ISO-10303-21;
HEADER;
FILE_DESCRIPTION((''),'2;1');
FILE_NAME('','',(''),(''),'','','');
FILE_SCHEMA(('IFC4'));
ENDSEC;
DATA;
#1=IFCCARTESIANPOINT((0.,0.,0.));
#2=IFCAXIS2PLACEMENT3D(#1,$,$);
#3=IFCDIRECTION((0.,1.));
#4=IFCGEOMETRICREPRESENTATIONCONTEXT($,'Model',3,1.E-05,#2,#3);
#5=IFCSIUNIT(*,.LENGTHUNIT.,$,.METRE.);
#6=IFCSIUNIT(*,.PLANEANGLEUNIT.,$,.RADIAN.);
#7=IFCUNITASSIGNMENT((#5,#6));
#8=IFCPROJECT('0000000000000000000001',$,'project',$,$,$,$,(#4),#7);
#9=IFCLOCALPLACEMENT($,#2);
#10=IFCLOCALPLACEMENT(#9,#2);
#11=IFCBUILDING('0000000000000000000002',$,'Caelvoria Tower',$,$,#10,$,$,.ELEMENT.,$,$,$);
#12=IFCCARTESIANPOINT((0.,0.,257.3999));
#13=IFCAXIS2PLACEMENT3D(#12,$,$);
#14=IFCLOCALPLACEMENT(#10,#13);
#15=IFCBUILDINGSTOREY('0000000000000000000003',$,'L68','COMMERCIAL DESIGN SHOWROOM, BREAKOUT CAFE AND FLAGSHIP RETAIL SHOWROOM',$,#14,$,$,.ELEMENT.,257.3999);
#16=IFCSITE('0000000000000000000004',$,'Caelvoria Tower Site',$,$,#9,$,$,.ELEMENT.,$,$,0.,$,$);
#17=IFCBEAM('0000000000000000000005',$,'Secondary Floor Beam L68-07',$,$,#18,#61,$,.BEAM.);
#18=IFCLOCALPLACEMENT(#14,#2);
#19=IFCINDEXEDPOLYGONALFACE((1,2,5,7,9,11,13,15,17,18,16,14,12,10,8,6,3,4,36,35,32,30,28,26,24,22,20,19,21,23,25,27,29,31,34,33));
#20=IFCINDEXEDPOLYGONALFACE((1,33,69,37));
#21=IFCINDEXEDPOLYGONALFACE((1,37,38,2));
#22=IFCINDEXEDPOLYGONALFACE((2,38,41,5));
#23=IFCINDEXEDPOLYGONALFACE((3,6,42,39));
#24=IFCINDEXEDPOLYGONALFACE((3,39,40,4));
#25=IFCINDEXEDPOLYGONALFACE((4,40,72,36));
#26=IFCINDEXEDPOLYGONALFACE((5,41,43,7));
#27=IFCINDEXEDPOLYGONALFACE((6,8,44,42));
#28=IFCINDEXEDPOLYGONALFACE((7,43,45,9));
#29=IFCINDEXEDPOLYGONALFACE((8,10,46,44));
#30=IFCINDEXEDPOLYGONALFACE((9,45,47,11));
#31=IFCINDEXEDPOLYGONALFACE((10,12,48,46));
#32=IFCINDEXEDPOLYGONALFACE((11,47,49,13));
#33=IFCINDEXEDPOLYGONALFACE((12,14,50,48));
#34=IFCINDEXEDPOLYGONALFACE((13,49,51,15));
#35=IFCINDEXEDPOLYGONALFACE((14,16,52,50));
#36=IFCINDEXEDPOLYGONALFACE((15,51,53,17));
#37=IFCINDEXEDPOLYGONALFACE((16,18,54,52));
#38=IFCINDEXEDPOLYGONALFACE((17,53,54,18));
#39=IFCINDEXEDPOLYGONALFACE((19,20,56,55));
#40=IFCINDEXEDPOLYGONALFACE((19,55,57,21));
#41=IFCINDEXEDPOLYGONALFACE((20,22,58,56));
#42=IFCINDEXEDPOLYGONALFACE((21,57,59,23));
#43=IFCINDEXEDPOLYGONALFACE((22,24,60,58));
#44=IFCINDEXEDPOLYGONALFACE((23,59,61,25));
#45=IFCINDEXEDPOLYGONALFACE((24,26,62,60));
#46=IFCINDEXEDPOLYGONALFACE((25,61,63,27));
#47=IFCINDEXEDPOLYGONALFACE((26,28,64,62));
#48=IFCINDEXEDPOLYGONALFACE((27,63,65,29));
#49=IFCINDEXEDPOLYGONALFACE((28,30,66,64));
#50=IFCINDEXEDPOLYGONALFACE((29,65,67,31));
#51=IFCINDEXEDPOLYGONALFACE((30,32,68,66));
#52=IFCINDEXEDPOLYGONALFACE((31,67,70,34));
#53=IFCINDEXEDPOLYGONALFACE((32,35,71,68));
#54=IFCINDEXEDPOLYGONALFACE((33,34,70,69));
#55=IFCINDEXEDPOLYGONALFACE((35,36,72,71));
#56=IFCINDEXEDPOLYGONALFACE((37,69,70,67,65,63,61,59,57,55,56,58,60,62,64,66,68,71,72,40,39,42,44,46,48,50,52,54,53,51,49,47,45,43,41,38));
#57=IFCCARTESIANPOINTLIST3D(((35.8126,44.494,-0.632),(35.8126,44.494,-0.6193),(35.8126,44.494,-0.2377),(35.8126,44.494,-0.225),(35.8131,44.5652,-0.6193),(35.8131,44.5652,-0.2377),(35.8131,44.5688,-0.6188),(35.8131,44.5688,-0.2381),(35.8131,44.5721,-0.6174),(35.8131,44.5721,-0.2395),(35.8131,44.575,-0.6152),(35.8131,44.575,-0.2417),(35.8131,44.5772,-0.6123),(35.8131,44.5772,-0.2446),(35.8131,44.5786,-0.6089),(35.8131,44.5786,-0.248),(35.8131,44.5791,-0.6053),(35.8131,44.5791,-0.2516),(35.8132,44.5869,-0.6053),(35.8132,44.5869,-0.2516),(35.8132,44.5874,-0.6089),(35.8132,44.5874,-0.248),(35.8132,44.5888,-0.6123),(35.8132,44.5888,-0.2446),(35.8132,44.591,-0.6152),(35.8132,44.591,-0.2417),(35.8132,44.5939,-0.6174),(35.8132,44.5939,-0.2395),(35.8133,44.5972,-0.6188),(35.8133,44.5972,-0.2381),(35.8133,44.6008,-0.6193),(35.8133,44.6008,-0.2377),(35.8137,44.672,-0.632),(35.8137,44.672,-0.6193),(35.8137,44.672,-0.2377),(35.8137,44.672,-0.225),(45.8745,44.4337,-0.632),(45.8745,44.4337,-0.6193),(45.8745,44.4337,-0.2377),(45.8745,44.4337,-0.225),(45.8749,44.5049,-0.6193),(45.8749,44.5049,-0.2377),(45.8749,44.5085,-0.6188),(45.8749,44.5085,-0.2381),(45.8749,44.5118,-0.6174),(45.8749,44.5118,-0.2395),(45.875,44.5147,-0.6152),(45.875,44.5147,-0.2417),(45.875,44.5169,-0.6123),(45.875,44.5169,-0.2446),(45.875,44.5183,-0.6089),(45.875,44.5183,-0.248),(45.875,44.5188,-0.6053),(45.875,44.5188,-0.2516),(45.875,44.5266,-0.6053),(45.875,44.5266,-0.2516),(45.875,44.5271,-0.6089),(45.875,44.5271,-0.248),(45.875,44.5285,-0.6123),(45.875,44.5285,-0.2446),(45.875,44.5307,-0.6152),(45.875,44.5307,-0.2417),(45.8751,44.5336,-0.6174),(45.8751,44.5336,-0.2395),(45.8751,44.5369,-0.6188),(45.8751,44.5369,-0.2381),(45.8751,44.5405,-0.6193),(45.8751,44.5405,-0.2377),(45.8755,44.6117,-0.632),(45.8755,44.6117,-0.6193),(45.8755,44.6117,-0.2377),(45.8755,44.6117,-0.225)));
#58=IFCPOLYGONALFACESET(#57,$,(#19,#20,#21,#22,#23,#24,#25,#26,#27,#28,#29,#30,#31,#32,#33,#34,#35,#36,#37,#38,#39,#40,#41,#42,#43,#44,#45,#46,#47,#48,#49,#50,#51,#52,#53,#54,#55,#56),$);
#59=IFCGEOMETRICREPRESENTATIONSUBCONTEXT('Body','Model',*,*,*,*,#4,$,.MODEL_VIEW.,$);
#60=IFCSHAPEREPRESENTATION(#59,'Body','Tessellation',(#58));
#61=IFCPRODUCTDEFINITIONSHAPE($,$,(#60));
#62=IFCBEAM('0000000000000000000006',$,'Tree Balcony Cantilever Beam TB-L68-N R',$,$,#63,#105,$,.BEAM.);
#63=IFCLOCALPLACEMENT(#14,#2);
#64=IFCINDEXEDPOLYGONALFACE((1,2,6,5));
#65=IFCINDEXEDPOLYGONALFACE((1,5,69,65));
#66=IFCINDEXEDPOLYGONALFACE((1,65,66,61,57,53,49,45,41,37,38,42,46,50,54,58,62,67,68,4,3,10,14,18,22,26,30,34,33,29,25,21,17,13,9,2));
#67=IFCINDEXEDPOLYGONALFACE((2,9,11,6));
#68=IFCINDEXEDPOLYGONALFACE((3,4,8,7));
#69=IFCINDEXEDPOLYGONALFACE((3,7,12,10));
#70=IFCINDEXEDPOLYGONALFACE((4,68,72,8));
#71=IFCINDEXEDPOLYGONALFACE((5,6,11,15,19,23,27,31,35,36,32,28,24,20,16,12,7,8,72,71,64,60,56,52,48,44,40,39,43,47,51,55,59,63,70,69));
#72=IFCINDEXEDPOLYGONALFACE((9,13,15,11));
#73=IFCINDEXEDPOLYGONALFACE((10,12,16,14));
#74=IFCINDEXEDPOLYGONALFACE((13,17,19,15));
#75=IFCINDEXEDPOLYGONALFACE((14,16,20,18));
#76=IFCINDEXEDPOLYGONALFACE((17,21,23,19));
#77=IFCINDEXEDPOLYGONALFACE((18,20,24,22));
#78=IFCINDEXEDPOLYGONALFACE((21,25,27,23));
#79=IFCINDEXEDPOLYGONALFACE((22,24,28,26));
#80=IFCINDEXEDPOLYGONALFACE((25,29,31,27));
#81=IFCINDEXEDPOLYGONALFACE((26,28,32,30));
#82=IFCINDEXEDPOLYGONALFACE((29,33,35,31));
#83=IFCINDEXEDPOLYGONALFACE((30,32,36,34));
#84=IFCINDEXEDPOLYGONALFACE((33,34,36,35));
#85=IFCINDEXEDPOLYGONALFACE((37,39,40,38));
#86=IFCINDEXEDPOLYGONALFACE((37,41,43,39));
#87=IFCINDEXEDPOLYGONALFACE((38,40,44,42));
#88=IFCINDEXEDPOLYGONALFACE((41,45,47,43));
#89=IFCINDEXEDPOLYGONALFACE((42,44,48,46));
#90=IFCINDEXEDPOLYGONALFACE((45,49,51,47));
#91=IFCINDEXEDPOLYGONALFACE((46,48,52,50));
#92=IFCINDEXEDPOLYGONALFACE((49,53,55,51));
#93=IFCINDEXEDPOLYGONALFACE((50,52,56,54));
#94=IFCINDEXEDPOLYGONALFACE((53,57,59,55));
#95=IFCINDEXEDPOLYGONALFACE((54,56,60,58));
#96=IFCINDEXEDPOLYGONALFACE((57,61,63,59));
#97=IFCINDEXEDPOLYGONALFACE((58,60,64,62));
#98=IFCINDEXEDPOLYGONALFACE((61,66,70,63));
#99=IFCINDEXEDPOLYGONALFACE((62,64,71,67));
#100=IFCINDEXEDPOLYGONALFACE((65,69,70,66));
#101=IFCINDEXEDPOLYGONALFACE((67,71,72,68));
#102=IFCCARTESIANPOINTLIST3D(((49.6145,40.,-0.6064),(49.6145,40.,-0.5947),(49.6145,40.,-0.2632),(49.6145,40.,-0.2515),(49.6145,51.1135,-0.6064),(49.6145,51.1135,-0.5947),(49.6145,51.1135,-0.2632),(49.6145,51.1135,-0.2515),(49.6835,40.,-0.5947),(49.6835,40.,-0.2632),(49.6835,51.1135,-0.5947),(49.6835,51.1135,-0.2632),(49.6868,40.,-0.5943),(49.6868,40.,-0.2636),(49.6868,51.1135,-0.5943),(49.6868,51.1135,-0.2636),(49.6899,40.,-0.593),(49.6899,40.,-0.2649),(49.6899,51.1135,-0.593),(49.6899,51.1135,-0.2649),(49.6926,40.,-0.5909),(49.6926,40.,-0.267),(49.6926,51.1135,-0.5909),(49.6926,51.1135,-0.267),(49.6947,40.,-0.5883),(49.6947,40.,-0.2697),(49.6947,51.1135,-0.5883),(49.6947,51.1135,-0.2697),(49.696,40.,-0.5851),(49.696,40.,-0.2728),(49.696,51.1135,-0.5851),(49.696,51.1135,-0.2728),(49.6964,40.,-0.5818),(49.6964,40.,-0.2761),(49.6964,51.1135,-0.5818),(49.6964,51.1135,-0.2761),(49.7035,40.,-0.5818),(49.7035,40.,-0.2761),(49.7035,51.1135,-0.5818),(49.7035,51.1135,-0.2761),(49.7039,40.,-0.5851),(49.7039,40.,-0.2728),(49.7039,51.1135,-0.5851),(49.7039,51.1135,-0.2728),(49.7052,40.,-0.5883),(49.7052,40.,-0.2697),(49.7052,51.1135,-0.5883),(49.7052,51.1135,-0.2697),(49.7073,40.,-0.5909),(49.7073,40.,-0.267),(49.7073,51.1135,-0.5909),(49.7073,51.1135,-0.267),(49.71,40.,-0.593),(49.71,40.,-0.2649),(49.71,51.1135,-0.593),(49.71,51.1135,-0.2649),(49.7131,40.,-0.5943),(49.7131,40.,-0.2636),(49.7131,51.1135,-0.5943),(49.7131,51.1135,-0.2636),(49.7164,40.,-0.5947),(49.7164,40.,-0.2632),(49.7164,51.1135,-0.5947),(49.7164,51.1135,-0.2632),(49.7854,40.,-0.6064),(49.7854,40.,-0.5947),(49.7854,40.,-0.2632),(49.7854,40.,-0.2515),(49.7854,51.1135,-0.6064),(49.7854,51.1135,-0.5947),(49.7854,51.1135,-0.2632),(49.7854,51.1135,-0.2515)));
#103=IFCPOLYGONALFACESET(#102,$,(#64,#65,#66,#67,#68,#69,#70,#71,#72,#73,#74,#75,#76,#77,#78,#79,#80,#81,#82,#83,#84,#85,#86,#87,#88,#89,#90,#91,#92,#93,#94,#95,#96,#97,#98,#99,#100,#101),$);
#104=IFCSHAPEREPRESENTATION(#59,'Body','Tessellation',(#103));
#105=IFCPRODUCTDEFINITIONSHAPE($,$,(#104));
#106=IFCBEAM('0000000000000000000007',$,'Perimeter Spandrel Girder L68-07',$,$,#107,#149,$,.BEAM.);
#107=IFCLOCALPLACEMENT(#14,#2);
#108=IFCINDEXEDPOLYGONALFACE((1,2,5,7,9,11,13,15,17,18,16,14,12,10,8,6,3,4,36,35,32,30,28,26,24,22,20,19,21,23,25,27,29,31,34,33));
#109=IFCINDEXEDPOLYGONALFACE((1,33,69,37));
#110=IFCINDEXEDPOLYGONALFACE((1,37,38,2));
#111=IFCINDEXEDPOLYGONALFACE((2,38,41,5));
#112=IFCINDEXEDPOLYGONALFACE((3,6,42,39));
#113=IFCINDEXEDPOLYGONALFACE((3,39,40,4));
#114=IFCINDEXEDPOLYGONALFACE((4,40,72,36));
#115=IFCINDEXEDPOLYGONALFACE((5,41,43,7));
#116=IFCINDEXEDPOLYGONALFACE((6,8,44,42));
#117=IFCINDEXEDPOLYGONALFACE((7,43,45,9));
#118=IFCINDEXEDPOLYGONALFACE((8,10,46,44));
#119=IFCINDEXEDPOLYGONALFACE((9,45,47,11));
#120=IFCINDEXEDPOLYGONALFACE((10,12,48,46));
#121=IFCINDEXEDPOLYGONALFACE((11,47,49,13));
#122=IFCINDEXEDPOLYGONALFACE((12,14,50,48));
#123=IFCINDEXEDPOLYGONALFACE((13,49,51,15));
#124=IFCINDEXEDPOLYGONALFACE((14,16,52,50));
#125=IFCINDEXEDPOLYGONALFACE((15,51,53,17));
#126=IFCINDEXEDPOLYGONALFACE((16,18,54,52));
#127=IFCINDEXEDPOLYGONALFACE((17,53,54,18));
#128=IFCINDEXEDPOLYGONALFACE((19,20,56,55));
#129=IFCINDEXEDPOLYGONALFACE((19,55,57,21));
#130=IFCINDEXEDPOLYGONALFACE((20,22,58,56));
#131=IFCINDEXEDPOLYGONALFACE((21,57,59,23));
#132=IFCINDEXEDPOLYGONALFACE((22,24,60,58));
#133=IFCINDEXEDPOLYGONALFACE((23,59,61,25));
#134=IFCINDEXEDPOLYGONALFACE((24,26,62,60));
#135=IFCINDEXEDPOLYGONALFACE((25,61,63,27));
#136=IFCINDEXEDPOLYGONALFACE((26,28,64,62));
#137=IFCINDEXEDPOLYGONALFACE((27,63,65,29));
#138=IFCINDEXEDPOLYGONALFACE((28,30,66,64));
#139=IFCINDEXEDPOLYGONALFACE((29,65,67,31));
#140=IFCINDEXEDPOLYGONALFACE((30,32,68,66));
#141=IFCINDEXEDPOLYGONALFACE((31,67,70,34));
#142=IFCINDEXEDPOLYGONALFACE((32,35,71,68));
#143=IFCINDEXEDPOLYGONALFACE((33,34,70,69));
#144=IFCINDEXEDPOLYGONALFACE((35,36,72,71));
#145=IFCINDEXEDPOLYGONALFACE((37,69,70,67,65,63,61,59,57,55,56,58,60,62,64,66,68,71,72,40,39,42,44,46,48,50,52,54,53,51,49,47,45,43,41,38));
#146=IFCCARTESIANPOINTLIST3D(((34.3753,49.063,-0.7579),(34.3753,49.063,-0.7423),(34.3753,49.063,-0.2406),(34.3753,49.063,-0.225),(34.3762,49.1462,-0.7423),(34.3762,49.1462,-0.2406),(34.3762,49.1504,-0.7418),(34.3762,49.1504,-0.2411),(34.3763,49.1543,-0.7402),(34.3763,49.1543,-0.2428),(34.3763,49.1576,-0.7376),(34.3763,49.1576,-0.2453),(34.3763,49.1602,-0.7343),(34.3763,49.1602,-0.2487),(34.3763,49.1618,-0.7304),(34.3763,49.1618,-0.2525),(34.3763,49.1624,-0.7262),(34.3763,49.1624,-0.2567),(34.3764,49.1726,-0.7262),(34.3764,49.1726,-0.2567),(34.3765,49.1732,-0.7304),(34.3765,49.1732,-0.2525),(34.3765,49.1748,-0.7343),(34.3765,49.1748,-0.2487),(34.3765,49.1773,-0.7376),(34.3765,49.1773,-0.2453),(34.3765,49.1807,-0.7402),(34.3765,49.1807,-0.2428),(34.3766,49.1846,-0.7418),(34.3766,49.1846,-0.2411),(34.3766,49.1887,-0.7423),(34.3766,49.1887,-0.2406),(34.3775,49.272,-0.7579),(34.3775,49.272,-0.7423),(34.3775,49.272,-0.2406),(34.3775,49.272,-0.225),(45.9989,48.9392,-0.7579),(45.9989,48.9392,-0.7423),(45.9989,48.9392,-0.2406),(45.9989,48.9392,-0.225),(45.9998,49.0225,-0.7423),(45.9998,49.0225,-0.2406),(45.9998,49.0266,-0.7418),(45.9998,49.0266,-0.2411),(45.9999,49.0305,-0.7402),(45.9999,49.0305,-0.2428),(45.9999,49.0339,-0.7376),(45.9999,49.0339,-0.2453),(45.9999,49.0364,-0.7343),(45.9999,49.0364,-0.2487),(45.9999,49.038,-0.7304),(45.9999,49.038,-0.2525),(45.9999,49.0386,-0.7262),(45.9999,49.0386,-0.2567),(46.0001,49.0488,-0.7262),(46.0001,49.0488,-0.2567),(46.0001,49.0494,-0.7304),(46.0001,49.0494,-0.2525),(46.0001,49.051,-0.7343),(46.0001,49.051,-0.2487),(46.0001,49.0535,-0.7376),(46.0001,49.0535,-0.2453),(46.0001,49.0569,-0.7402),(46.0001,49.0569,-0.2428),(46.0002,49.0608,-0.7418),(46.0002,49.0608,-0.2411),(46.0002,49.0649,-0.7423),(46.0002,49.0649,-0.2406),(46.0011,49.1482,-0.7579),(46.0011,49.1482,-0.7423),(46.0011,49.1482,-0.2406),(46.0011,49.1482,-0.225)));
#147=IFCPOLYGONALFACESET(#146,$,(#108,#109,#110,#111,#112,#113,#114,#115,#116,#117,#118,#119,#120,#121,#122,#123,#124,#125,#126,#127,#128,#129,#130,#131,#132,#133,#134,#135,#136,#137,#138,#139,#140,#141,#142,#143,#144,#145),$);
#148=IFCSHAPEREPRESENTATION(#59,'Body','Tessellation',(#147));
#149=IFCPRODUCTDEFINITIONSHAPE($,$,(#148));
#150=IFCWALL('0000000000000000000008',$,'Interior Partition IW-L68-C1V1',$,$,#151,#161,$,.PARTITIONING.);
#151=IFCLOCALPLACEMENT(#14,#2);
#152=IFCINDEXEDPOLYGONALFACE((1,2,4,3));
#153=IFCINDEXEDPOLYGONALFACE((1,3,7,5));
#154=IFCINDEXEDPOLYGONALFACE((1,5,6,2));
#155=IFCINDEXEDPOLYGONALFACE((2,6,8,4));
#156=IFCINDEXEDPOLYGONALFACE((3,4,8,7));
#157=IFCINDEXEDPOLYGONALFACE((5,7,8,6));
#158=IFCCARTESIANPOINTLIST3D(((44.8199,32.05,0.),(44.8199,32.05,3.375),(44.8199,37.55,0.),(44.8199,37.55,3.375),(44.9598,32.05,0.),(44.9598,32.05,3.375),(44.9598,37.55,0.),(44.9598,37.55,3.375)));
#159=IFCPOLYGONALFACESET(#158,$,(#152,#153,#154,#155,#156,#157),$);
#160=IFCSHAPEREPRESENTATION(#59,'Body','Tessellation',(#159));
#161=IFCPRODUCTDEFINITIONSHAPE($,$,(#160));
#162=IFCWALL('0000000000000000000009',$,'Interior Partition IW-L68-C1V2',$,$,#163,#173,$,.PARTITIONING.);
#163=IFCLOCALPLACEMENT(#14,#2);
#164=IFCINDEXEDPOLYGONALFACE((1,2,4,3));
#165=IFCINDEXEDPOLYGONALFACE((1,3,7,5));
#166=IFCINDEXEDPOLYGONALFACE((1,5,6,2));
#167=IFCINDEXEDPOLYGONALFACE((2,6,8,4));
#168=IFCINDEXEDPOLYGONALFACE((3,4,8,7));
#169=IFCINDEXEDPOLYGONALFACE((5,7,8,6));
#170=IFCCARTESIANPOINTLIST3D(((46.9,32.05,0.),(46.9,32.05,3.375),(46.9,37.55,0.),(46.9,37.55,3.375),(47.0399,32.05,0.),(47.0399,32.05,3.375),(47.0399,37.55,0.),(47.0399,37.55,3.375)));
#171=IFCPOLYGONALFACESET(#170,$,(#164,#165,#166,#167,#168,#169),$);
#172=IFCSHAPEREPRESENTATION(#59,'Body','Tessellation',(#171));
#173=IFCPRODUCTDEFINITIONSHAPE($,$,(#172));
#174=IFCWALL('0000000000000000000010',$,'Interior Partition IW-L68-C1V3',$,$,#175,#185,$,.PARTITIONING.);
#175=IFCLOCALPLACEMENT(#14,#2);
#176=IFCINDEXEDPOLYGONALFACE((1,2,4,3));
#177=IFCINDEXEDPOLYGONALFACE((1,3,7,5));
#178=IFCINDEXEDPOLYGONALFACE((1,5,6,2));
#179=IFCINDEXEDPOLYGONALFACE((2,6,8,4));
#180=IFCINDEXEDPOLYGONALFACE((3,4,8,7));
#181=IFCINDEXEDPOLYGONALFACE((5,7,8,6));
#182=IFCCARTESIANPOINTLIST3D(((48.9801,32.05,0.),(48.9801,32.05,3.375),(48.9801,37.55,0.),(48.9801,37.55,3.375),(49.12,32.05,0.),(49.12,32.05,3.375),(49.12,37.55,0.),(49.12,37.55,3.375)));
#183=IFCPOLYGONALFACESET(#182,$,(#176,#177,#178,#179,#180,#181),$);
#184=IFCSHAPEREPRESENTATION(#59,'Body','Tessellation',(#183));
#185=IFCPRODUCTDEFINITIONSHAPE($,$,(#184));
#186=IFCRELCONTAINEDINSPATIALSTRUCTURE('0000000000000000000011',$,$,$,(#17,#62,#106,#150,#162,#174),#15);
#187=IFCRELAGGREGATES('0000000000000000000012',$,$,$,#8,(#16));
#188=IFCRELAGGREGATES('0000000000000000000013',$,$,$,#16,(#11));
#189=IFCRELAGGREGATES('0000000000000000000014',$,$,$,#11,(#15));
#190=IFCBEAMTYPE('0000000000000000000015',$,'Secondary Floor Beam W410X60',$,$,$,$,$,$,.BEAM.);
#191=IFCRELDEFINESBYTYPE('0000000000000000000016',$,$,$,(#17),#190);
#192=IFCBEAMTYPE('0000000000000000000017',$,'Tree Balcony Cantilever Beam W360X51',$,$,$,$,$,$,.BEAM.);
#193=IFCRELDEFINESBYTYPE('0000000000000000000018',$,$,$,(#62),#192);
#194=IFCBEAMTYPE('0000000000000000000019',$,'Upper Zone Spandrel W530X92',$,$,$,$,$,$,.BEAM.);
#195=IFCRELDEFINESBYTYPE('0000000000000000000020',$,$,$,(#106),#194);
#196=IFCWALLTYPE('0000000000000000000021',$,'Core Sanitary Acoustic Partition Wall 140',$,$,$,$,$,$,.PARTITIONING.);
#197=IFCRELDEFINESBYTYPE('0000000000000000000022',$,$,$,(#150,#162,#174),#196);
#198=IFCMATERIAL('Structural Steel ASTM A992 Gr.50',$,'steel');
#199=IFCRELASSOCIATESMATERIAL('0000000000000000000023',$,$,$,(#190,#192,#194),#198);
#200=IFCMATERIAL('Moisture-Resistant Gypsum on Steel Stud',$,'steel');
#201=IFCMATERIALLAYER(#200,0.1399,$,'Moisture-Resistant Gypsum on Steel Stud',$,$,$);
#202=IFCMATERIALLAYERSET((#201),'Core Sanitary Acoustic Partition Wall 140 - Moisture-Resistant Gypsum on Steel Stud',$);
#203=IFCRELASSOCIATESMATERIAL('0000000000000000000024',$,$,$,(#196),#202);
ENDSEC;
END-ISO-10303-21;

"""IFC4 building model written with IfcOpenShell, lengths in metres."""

from ifc_helpers import new_model, si_unit, direction, frame, frame_2d, origin, origin_2d, place, context, subcontext, project, spatial, rectangle, i_section, extrude, material, layer, layer_set, material_profile, profile_set, type_object, element, save


model = new_model("IFC4")

# Units and contexts
model_context = context("Model", 3, precision=1e-05, world=origin(), true_north=direction((0.0, 1.0)))
body_context = subcontext(model_context, "Body", "Model", "MODEL_VIEW")
ifc_project = project(units=[si_unit("LENGTHUNIT", "METRE"), si_unit("PLANEANGLEUNIT", "RADIAN")], contexts=[model_context])

# Site, building, storey
site_placement = place(None, origin())
site = spatial("IfcSite", under=ifc_project, at=site_placement, Name="Caelvoria Tower Site", CompositionType="ELEMENT", RefElevation=0.0)
building_placement = place(site_placement, origin())
building = spatial("IfcBuilding", under=site, at=building_placement, Name="Caelvoria Tower", CompositionType="ELEMENT")
storey_placement = place(building_placement, frame((0.0, 0.0, 257.3999)))
storey = spatial("IfcBuildingStorey", under=building, at=storey_placement, Name="L68", Description="COMMERCIAL DESIGN SHOWROOM, BREAKOUT CAFE AND FLAGSHIP RETAIL SHOWROOM", CompositionType="ELEMENT", Elevation=257.3999)

# Shared definitions
ifc_material_1 = material(Name="Structural Steel ASTM A992 Gr.50", Category="steel")

# Beams
ifc_material_profile_1 = material_profile(ifc_material_1, i_section(OverallWidth=0.178, OverallDepth=0.407, WebThickness=0.0078, FlangeThickness=0.0127, FilletRadius=0.0139, at=origin_2d()), Name="Structural Steel ASTM A992 Gr.50")
ifc_profile_set_1 = profile_set([ifc_material_profile_1], Name="W410X60 - Structural Steel ASTM A992 Gr.50")
beam_type_1 = type_object("IfcBeamType", Name="Secondary Floor Beam W410X60", PredefinedType="BEAM", material=ifc_profile_set_1)
beam_1_placement = place(storey_placement, frame((45.875, 44.5227, -0.4285), z_axis=(-0.999982, 0.005993, 0.0), x_axis=(-0.005993, -0.999982, 0.0)))
element("IfcBeam", 1, at=beam_1_placement, inside=storey, type_object=beam_type_1, Name="Secondary Floor Beam L68-07", PredefinedType="BEAM", context=body_context, shape_type="SweptSolid", body=[
    extrude(i_section(OverallWidth=0.178, OverallDepth=0.407, WebThickness=0.0078, FlangeThickness=0.0127, FilletRadius=0.0139, at=origin_2d()), origin(), (0.0, 0.0, 1.0), 10.062),
])
ifc_material_profile_2 = material_profile(ifc_material_1, i_section(OverallWidth=0.1709, OverallDepth=0.355, WebThickness=0.0071, FlangeThickness=0.0117, FilletRadius=0.0129, at=origin_2d()), Name="Structural Steel ASTM A992 Gr.50")
ifc_profile_set_2 = profile_set([ifc_material_profile_2], Name="W360X51 - Structural Steel ASTM A992 Gr.50")
beam_type_2 = type_object("IfcBeamType", Name="Tree Balcony Cantilever Beam W360X51", PredefinedType="BEAM", material=ifc_profile_set_2)
beam_2_placement = place(storey_placement, frame((49.7, 40.0, -0.429), z_axis=(0.0, 1.0, 0.0), x_axis=(-1.0, 0.0, 0.0)))
element("IfcBeam", 2, at=beam_2_placement, inside=storey, type_object=beam_type_2, Name="Tree Balcony Cantilever Beam TB-L68-N R", PredefinedType="BEAM", context=body_context, shape_type="SweptSolid", body=[
    extrude(i_section(OverallWidth=0.1709, OverallDepth=0.355, WebThickness=0.0071, FlangeThickness=0.0117, FilletRadius=0.0129, at=origin_2d()), origin(), (0.0, 0.0, 1.0), 11.1135),
])
ifc_material_profile_3 = material_profile(ifc_material_1, i_section(OverallWidth=0.209, OverallDepth=0.533, WebThickness=0.0103, FlangeThickness=0.0156, FilletRadius=0.0161, at=origin_2d()), Name="Structural Steel ASTM A992 Gr.50")
ifc_profile_set_3 = profile_set([ifc_material_profile_3], Name="W530X92 - Structural Steel ASTM A992 Gr.50")
beam_type_3 = type_object("IfcBeamType", Name="Upper Zone Spandrel W530X92", PredefinedType="BEAM", material=ifc_profile_set_3)
beam_3_placement = place(storey_placement, frame((46.0, 49.0437, -0.4915), z_axis=(-0.999943, 0.010648, 0.0), x_axis=(-0.010648, -0.999943, 0.0)))
element("IfcBeam", 3, at=beam_3_placement, inside=storey, type_object=beam_type_3, Name="Perimeter Spandrel Girder L68-07", PredefinedType="BEAM", context=body_context, shape_type="SweptSolid", body=[
    extrude(i_section(OverallWidth=0.209, OverallDepth=0.533, WebThickness=0.0103, FlangeThickness=0.0156, FilletRadius=0.0161, at=origin_2d()), origin(), (0.0, 0.0, 1.0), 11.6243),
])

# Walls
ifc_material_2 = material(Name="Moisture-Resistant Gypsum on Steel Stud", Category="steel")
ifc_layer_1 = layer(ifc_material_2, 0.1399, Name="Moisture-Resistant Gypsum on Steel Stud")
ifc_layer_set_1 = layer_set([ifc_layer_1], Name="Core Sanitary Acoustic Partition Wall 140 - Moisture-Resistant Gypsum on Steel Stud")
wall_type_1 = type_object("IfcWallType", Name="Core Sanitary Acoustic Partition Wall 140", PredefinedType="PARTITIONING", material=ifc_layer_set_1)
for number, where, z_axis, x_axis, name in (
    (4, (44.8899, 32.05, 0.0), (0.0, 0.0, 1.0), (0.0, 1.0, 0.0), "Interior Partition IW-L68-C1V1"),
    (5, (46.97, 32.05, 0.0), (0.0, 0.0, 1.0), (0.0, 1.0, 0.0), "Interior Partition IW-L68-C1V2"),
    (6, (49.05, 32.05, 0.0), (0.0, 0.0, 1.0), (0.0, 1.0, 0.0), "Interior Partition IW-L68-C1V3"),
):
    element("IfcWall", number, at=place(storey_placement, frame(where, z_axis=z_axis, x_axis=x_axis)), inside=storey, type_object=wall_type_1, Name=name, PredefinedType="PARTITIONING", context=body_context, shape_type="SweptSolid", body=[
        extrude(rectangle(XDim=5.5, YDim=0.1399, at=frame_2d((2.75, 0.0))), origin(), (0.0, 0.0, 1.0), 3.375),
    ])

save(model, "model.ifc")
